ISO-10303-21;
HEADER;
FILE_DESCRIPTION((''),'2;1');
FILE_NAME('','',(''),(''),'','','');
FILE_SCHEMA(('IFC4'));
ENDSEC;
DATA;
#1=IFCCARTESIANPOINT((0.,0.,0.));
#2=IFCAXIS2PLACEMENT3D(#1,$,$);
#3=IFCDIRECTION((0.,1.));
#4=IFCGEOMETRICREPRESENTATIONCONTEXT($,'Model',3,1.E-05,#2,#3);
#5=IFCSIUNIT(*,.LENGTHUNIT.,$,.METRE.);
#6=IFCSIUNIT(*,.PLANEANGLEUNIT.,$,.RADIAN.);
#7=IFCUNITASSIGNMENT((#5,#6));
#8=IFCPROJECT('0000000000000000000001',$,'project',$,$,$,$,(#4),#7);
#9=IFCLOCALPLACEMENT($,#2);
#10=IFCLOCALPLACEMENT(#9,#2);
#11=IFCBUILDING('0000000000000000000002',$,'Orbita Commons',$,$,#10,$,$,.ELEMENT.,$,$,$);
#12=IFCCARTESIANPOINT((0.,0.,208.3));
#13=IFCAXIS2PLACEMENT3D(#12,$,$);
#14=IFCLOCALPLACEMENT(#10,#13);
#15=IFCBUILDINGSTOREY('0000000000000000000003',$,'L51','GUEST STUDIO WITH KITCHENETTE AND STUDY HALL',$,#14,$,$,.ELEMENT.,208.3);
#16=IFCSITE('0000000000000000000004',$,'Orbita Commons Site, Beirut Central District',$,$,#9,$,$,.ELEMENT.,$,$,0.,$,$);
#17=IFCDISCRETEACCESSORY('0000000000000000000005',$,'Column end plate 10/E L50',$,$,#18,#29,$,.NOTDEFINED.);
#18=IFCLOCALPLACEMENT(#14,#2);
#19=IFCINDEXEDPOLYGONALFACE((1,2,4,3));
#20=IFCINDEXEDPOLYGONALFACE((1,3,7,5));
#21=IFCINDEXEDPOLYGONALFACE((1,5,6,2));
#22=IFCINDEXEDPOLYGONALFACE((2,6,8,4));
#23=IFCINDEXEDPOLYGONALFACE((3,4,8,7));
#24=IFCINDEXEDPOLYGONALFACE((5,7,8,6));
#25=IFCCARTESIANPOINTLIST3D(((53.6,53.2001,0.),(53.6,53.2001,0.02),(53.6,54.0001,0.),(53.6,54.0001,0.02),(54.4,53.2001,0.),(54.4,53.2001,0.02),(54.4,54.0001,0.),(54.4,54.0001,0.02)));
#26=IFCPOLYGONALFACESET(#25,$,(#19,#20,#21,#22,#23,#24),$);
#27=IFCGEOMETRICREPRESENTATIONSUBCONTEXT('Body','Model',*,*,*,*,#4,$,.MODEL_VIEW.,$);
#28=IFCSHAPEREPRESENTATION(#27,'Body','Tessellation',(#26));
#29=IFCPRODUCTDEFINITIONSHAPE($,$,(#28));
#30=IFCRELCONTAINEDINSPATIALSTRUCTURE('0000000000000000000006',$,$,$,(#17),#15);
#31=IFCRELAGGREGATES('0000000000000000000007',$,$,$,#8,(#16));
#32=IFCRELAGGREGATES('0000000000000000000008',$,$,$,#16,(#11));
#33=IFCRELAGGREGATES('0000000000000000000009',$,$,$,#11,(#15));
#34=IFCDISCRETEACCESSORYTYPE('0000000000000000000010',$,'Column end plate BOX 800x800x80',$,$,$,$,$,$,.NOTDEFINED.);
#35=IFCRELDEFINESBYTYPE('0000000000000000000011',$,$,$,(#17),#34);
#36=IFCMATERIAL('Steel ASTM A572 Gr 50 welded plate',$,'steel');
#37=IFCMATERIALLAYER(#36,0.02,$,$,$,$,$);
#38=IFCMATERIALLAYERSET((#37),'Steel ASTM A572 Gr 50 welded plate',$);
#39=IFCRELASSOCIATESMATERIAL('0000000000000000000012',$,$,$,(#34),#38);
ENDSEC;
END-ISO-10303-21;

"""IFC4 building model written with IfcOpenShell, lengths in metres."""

from ifc_helpers import new_model, si_unit, direction, frame, origin, origin_2d, place, context, subcontext, project, spatial, rectangle, extrude, material, layer, layer_set, type_object, element, save


model = new_model("IFC4")

# Units and contexts
model_context = context("Model", 3, precision=1e-05, world=origin(), true_north=direction((0.0, 1.0)))
body_context = subcontext(model_context, "Body", "Model", "MODEL_VIEW")
ifc_project = project(units=[si_unit("LENGTHUNIT", "METRE"), si_unit("PLANEANGLEUNIT", "RADIAN")], contexts=[model_context])

# Site, building, storey
site_placement = place(None, origin())
site = spatial("IfcSite", under=ifc_project, at=site_placement, Name="Orbita Commons Site, Beirut Central District", CompositionType="ELEMENT", RefElevation=0.0)
building_placement = place(site_placement, origin())
building = spatial("IfcBuilding", under=site, at=building_placement, Name="Orbita Commons", CompositionType="ELEMENT")
storey_placement = place(building_placement, frame((0.0, 0.0, 208.3)))
storey = spatial("IfcBuildingStorey", under=building, at=storey_placement, Name="L51", Description="GUEST STUDIO WITH KITCHENETTE AND STUDY HALL", CompositionType="ELEMENT", Elevation=208.3)

# Discrete accessory
ifc_material_1 = material(Name="Steel ASTM A572 Gr 50 welded plate", Category="steel")
ifc_layer_1 = layer(ifc_material_1, 0.02)
ifc_layer_set_1 = layer_set([ifc_layer_1], Name="Steel ASTM A572 Gr 50 welded plate")
discrete_accessory_type = type_object("IfcDiscreteAccessoryType", Name="Column end plate BOX 800x800x80", PredefinedType="NOTDEFINED", material=ifc_layer_set_1)
for number, where, z_axis, x_axis, name in (
    (1, (54.0, 53.6001, 0.0), (0.0, 0.0, 1.0), (1.0, 0.0, 0.0), "Column end plate 10/E L50"),
):
    element("IfcDiscreteAccessory", number, at=place(storey_placement, frame(where, z_axis=z_axis, x_axis=x_axis)), inside=storey, type_object=discrete_accessory_type, Name=name, PredefinedType="NOTDEFINED", context=body_context, shape_type="SweptSolid", body=[
        extrude(rectangle(XDim=0.8, YDim=0.8, at=origin_2d()), origin(), (0.0, 0.0, 1.0), 0.02),
    ])

save(model, "model.ifc")
